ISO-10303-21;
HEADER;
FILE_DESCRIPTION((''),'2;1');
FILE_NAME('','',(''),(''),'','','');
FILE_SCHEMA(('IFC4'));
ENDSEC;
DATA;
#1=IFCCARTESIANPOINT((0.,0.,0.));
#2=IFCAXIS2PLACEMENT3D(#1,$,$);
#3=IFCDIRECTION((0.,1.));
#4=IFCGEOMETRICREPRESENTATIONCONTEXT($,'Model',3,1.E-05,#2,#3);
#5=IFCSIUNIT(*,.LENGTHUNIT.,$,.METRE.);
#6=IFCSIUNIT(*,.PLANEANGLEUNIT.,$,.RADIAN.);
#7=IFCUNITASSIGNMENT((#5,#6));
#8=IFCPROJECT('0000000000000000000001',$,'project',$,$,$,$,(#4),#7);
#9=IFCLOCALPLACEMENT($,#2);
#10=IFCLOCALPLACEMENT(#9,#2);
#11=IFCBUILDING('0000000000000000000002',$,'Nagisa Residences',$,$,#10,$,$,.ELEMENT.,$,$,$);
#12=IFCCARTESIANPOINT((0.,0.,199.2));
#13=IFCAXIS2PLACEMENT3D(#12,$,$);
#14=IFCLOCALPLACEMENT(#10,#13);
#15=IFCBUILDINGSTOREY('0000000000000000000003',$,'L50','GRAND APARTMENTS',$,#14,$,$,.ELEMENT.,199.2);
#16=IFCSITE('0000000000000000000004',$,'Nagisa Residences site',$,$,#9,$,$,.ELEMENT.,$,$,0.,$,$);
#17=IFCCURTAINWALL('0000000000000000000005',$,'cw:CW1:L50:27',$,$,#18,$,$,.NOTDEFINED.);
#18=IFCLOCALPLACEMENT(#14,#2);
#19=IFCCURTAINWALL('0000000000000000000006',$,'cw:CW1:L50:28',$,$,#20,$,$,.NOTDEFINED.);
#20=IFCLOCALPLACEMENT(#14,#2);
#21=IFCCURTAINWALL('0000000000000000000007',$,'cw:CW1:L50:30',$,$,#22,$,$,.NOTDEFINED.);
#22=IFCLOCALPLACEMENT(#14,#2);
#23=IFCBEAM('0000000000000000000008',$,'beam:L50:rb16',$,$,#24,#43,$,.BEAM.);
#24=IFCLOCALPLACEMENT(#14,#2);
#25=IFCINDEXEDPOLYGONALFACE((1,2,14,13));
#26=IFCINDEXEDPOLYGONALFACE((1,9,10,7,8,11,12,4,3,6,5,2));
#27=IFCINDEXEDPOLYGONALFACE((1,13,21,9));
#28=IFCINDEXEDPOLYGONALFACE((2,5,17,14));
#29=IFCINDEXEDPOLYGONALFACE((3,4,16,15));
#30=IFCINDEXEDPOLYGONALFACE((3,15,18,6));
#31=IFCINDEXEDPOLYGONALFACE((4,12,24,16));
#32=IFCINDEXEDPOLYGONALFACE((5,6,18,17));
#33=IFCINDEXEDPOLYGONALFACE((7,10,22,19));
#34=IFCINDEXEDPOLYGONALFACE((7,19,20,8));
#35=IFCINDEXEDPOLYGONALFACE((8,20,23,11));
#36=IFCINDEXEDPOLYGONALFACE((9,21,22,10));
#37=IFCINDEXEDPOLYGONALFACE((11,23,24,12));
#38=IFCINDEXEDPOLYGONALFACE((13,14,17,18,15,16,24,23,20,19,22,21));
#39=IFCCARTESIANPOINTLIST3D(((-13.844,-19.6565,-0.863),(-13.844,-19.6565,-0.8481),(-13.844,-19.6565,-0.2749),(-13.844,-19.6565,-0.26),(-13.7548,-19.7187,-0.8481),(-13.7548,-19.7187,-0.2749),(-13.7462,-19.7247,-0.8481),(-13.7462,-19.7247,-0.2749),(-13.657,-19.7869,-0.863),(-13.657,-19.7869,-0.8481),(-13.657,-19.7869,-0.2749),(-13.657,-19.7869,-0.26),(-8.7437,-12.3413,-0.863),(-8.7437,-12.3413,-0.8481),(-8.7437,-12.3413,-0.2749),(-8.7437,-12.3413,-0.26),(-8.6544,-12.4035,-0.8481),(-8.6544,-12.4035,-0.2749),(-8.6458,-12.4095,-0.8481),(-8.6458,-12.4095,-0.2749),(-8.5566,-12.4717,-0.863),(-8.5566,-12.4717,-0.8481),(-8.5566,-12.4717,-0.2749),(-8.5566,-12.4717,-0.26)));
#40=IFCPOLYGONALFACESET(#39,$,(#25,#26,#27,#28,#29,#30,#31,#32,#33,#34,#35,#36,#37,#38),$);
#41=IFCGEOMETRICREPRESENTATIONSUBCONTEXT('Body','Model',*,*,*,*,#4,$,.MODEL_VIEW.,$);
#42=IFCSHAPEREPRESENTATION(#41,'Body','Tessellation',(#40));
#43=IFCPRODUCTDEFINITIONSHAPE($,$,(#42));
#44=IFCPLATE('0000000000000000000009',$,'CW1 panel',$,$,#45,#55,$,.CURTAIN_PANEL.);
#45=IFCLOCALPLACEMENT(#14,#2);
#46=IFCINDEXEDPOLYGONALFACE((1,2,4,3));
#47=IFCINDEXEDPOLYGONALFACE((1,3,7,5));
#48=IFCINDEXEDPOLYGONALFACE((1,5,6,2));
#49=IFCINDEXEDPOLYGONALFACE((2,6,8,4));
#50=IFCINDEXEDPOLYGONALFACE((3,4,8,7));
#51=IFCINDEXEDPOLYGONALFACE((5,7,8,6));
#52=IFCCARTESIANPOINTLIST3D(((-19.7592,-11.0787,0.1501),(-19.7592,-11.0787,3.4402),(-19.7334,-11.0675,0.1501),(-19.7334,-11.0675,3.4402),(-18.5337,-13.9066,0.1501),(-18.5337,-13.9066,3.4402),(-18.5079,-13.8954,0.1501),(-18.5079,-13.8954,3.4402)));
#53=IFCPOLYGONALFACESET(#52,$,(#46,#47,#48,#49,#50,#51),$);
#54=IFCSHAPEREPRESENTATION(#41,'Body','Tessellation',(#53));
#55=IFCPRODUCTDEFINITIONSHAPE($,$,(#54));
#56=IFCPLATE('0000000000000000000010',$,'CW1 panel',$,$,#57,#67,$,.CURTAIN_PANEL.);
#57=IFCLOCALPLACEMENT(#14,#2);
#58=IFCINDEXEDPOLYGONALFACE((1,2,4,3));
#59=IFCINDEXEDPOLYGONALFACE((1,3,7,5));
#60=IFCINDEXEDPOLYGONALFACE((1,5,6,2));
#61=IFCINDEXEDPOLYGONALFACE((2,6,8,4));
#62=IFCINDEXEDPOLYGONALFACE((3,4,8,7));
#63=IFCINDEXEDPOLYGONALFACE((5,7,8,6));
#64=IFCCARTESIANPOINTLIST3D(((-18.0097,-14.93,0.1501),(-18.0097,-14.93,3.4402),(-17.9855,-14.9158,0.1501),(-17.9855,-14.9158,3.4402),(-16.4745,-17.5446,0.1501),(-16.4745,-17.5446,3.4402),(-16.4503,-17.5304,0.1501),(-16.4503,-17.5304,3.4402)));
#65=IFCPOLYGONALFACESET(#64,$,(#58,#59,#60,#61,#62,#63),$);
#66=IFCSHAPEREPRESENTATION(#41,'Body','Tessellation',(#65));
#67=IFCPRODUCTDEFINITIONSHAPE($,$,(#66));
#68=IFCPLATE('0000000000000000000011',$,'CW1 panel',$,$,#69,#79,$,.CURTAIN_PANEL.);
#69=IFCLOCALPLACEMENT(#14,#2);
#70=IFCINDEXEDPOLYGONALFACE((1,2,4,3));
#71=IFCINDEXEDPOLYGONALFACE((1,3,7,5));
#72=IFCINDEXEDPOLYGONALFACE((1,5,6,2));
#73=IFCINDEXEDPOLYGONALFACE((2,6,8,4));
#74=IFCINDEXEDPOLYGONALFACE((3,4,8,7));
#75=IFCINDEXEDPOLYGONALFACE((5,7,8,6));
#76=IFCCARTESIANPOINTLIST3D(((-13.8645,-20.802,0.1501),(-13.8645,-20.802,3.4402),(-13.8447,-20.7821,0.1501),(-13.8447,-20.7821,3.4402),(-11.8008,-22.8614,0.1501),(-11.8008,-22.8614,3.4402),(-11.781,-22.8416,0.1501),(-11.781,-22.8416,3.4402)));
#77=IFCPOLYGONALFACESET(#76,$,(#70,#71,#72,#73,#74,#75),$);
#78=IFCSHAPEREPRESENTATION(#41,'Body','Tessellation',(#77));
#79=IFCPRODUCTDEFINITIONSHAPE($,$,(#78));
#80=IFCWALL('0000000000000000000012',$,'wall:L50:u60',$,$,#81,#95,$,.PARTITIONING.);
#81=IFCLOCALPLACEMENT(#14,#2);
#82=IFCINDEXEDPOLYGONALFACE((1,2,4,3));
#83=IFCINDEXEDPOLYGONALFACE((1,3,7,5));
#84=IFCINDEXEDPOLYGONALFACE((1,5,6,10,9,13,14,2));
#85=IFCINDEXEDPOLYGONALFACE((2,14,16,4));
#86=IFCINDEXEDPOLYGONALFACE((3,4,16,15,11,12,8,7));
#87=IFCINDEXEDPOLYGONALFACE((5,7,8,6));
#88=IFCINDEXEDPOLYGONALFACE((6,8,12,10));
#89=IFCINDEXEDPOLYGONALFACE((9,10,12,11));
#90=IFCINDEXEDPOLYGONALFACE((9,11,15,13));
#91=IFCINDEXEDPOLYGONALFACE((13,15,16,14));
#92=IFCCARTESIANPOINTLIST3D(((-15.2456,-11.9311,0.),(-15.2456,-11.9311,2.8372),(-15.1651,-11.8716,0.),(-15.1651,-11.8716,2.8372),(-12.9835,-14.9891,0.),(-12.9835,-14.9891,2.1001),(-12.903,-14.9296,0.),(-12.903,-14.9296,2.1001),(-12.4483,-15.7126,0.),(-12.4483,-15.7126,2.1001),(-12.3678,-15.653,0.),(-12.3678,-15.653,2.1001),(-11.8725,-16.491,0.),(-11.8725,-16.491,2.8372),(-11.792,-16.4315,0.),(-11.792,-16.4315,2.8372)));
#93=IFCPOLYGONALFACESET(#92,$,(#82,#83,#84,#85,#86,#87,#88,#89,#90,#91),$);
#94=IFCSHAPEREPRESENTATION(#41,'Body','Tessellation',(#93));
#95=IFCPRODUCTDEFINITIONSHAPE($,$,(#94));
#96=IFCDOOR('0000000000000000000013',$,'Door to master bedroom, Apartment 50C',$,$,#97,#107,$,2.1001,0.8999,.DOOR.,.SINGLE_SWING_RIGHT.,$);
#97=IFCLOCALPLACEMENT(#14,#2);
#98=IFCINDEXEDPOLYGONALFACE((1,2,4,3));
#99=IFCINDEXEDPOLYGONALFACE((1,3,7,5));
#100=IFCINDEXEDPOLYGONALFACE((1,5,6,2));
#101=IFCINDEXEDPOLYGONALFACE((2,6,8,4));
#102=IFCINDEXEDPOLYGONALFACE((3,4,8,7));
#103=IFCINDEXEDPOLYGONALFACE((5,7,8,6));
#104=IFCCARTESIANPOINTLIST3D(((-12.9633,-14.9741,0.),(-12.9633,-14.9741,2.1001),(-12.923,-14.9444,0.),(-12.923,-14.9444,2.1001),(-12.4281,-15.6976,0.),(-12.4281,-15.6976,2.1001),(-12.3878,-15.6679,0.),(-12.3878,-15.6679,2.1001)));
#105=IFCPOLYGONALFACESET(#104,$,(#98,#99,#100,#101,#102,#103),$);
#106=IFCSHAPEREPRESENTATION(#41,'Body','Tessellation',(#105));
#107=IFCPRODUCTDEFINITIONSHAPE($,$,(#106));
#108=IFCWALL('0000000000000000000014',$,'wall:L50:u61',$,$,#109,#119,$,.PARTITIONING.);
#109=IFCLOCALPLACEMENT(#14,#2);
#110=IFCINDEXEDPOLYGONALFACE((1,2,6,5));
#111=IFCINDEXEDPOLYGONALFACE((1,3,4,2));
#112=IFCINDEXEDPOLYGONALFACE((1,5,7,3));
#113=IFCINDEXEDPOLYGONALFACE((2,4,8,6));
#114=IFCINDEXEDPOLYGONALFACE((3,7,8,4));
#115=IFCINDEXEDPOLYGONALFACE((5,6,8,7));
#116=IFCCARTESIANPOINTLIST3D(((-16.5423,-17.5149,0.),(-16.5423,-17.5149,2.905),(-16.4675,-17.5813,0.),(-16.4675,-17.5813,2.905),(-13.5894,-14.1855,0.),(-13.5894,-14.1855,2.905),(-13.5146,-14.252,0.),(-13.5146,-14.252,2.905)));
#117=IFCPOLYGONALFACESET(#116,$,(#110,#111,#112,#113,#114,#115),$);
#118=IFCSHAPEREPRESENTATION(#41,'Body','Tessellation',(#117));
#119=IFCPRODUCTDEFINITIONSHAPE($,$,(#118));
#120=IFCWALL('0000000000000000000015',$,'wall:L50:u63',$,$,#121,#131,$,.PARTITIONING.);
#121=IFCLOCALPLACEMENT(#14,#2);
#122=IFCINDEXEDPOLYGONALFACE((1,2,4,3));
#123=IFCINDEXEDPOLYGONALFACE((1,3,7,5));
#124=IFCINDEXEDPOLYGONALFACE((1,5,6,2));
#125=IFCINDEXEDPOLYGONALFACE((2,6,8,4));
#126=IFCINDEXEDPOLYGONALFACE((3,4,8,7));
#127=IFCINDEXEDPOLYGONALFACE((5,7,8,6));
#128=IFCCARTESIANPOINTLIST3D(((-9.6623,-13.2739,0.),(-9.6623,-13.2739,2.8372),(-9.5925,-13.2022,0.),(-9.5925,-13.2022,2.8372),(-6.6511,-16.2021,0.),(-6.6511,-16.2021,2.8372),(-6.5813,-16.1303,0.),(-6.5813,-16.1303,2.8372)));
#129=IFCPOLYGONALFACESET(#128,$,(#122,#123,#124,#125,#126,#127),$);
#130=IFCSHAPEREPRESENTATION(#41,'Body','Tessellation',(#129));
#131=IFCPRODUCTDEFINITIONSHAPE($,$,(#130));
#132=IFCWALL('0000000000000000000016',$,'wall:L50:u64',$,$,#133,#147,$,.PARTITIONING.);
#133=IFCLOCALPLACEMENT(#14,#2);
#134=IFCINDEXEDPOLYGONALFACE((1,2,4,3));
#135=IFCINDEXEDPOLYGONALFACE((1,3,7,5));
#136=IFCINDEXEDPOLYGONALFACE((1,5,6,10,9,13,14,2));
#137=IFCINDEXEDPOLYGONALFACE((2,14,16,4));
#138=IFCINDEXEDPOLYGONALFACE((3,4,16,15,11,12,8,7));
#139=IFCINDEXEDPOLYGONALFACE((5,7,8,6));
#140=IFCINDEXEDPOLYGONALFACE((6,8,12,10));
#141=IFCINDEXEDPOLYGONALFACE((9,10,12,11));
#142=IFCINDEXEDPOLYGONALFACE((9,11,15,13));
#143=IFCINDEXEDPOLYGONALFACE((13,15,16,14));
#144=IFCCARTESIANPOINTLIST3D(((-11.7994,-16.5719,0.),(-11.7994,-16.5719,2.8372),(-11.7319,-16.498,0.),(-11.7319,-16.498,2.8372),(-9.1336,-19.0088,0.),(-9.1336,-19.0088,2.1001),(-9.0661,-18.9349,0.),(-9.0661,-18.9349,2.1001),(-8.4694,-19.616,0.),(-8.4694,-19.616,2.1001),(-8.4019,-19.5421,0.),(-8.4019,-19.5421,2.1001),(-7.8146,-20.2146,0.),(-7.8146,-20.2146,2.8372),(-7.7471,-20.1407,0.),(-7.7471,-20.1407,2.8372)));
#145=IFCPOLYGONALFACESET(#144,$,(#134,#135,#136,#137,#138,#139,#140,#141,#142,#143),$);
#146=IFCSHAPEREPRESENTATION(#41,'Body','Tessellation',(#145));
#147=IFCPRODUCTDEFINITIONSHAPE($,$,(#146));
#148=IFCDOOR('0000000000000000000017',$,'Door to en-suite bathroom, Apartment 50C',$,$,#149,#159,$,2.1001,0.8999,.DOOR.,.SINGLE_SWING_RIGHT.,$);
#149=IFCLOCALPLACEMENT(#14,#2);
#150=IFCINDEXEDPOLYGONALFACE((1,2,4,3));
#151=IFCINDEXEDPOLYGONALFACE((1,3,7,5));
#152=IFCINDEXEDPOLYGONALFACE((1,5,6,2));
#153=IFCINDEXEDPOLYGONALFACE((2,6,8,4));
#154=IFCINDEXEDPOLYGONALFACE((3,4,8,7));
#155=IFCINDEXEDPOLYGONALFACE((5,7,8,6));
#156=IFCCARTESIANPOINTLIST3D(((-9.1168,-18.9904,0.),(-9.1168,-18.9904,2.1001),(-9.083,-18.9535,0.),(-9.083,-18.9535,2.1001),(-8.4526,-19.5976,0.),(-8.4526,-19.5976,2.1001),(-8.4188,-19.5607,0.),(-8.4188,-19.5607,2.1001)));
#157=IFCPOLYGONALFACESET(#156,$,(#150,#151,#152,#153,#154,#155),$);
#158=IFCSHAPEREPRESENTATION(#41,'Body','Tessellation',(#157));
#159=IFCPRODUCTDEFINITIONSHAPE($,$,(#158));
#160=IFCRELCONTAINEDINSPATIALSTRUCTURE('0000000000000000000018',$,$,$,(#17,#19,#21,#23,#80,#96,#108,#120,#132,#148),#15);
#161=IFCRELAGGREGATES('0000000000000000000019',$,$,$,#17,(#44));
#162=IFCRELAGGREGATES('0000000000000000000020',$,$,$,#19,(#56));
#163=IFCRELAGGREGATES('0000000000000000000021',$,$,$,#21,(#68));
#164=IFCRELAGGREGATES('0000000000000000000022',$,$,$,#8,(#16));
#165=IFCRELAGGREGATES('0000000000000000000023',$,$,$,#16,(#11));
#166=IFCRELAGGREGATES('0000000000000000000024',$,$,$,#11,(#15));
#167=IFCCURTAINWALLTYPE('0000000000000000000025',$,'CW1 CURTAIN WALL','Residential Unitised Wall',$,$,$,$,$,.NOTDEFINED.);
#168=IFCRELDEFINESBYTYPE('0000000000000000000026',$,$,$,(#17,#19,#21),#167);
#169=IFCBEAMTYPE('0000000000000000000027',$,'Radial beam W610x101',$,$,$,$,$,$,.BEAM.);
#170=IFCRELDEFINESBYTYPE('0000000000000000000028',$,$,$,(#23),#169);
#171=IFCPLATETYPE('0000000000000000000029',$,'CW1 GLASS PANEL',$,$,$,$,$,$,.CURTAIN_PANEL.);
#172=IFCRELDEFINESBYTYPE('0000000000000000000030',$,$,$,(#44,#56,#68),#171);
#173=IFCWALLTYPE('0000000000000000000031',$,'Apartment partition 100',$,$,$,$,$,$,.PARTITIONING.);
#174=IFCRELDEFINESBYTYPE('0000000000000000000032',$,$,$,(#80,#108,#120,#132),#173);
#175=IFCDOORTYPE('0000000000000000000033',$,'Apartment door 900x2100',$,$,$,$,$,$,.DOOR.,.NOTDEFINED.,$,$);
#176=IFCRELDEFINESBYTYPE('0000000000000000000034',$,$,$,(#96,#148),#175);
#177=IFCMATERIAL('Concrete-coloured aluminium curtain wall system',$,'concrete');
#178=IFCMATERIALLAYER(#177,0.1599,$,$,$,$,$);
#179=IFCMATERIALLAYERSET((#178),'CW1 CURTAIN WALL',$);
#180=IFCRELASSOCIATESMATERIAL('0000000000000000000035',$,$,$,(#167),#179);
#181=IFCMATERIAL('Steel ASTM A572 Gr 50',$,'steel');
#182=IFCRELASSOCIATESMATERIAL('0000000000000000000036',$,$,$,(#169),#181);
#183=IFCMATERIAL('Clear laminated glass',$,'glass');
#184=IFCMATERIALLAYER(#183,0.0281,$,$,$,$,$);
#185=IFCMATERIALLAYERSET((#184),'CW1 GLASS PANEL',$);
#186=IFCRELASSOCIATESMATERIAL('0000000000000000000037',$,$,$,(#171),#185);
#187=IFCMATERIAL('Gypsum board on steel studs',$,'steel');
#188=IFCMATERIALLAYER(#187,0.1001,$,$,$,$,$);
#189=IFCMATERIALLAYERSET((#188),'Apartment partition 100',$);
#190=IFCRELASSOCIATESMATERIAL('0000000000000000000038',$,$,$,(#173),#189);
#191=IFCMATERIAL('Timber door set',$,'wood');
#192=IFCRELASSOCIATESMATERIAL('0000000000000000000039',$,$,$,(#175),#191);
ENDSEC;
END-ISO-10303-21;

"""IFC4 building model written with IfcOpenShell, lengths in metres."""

from ifc_helpers import new_model, si_unit, direction, frame, frame_2d, origin, origin_2d, place, context, subcontext, project, spatial, rectangle, i_section, extrude, material, layer, layer_set, material_profile, profile_set, type_object, element, fill, aggregate, save


model = new_model("IFC4")

# Units and contexts
model_context = context("Model", 3, precision=1e-05, world=origin(), true_north=direction((0.0, 1.0)))
body_context = subcontext(model_context, "Body", "Model", "MODEL_VIEW")
ifc_project = project(units=[si_unit("LENGTHUNIT", "METRE"), si_unit("PLANEANGLEUNIT", "RADIAN")], contexts=[model_context])

# Site, building, storey
site_placement = place(None, origin())
site = spatial("IfcSite", under=ifc_project, at=site_placement, Name="Nagisa Residences site", CompositionType="ELEMENT", RefElevation=0.0)
building_placement = place(site_placement, origin())
building = spatial("IfcBuilding", under=site, at=building_placement, Name="Nagisa Residences", CompositionType="ELEMENT")
storey_placement = place(building_placement, frame((0.0, 0.0, 199.2)))
storey = spatial("IfcBuildingStorey", under=building, at=storey_placement, Name="L50", Description="GRAND APARTMENTS", CompositionType="ELEMENT", Elevation=199.2)

# Curtain walls
ifc_material_1 = material(Name="Concrete-coloured aluminium curtain wall system", Category="concrete")
ifc_layer_1 = layer(ifc_material_1, 0.1599)
ifc_layer_set_1 = layer_set([ifc_layer_1], Name="CW1 CURTAIN WALL")
curtain_wall_type = type_object("IfcCurtainWallType", Name="CW1 CURTAIN WALL", Description="Residential Unitised Wall", PredefinedType="NOTDEFINED", material=ifc_layer_set_1)
curtain_wall_1_placement = place(storey_placement, origin())
curtain_wall_1 = element("IfcCurtainWall", 1, at=curtain_wall_1_placement, inside=storey, type_object=curtain_wall_type, Name="cw:CW1:L50:27", PredefinedType="NOTDEFINED")
curtain_wall_2_placement = place(storey_placement, origin())
curtain_wall_2 = element("IfcCurtainWall", 2, at=curtain_wall_2_placement, inside=storey, type_object=curtain_wall_type, Name="cw:CW1:L50:28", PredefinedType="NOTDEFINED")
curtain_wall_3_placement = place(storey_placement, origin())
curtain_wall_3 = element("IfcCurtainWall", 3, at=curtain_wall_3_placement, inside=storey, type_object=curtain_wall_type, Name="cw:CW1:L50:30", PredefinedType="NOTDEFINED")

# Beam
ifc_material_2 = material(Name="Steel ASTM A572 Gr 50", Category="steel")
ifc_material_profile_1 = material_profile(ifc_material_2, i_section(OverallWidth=0.228, OverallDepth=0.603, WebThickness=0.0105, FlangeThickness=0.0149, at=origin_2d()), Name="W610x101")
ifc_profile_set_1 = profile_set([ifc_material_profile_1], Name="Steel ASTM A572 Gr 50")
beam_type_1 = type_object("IfcBeamType", Name="Radial beam W610x101", PredefinedType="BEAM", material=ifc_profile_set_1)
beam_1_placement = place(storey_placement, frame((-13.7505, -19.7217, -0.5615), z_axis=(0.571934, 0.820299, 0.0), x_axis=(-0.820299, 0.571934, 0.0)))
element("IfcBeam", 4, at=beam_1_placement, inside=storey, type_object=beam_type_1, Name="beam:L50:rb16", PredefinedType="BEAM", context=body_context, shape_type="SweptSolid", body=[
    extrude(i_section(OverallWidth=0.228, OverallDepth=0.603, WebThickness=0.0105, FlangeThickness=0.0149, at=origin_2d()), origin(), (0.0, 0.0, 1.0), 8.9177),
])

# Plates
ifc_material_3 = material(Name="Clear laminated glass", Category="glass")
ifc_layer_2 = layer(ifc_material_3, 0.0281)
ifc_layer_set_2 = layer_set([ifc_layer_2], Name="CW1 GLASS PANEL")
plate_type = type_object("IfcPlateType", Name="CW1 GLASS PANEL", PredefinedType="CURTAIN_PANEL", material=ifc_layer_set_2)
plate_1_placement = place(storey_placement, frame((-19.1335, -12.4871, 0.1501), z_axis=(0.0, 0.0, 1.0), x_axis=(0.397636, -0.917543, 0.0)))
plate_1 = element("IfcPlate", 5, at=plate_1_placement, type_object=plate_type, Name="CW1 panel", PredefinedType="CURTAIN_PANEL", context=body_context, shape_type="SweptSolid", body=[
    extrude(rectangle(XDim=3.082, YDim=0.0281, at=origin_2d()), origin(), (0.0, 0.0, 1.0), 3.29),
])
aggregate(curtain_wall_1, [plate_1])
plate_2_placement = place(storey_placement, frame((-17.23, -16.2302, 0.1501), z_axis=(0.0, 0.0, 1.0), x_axis=(0.506349, -0.862329, 0.0)))
plate_2 = element("IfcPlate", 6, at=plate_2_placement, type_object=plate_type, Name="CW1 panel", PredefinedType="CURTAIN_PANEL", context=body_context, shape_type="SweptSolid", body=[
    extrude(rectangle(XDim=3.032, YDim=0.0281, at=origin_2d()), origin(), (0.0, 0.0, 1.0), 3.29),
])
aggregate(curtain_wall_2, [plate_2])
plate_3_placement = place(storey_placement, frame((-12.8228, -21.8218, 0.1501), z_axis=(0.0, 0.0, 1.0), x_axis=(0.707836, -0.706377, 0.0)))
plate_3 = element("IfcPlate", 7, at=plate_3_placement, type_object=plate_type, Name="CW1 panel", PredefinedType="CURTAIN_PANEL", context=body_context, shape_type="SweptSolid", body=[
    extrude(rectangle(XDim=2.9155, YDim=0.0281, at=origin_2d()), origin(), (0.0, 0.0, 1.0), 3.29),
])
aggregate(curtain_wall_3, [plate_3])

# Wall, opening, door
ifc_material_4 = material(Name="Gypsum board on steel studs", Category="steel")
ifc_layer_3 = layer(ifc_material_4, 0.1001)
ifc_layer_set_3 = layer_set([ifc_layer_3], Name="Apartment partition 100")
wall_type_1 = type_object("IfcWallType", Name="Apartment partition 100", PredefinedType="PARTITIONING", material=ifc_layer_set_3)
wall_1_placement = place(storey_placement, frame((-15.2053, -11.9014, 0.0), z_axis=(0.0, 0.0, 1.0), x_axis=(0.594704, -0.803944, 0.0)))
wall_1 = element("IfcWall", 8, at=wall_1_placement, inside=storey, type_object=wall_type_1, Name="wall:L50:u60", PredefinedType="PARTITIONING", context=body_context, shape_type="SweptSolid", body=[
    extrude(rectangle(XDim=5.6719, YDim=0.1001, at=frame_2d((2.8359, 0.0))), origin(), (0.0, 0.0, 1.0), 2.8372),
])
opening_1_placement = place(wall_1_placement, frame((3.8037, 0.0, 0.0)))
opening_1 = element("IfcOpeningElement", 9, at=opening_1_placement, cuts=wall_1, PredefinedType="OPENING", context=body_context, shape_type="SweptSolid", body=[
    extrude(rectangle(XDim=0.8999, YDim=2.1001, at=frame_2d((0.45, 1.05))), frame((0.0, 0.0601, 0.0), z_axis=(0.0, -1.0, 0.0), x_axis=(1.0, 0.0, 0.0)), (0.0, 0.0, 1.0), 0.1201),
])
ifc_material_5 = material(Name="Timber door set", Category="wood")
door_type_1 = type_object("IfcDoorType", Name="Apartment door 900x2100", OperationType="NOTDEFINED", PredefinedType="DOOR", material=ifc_material_5)
door_1_placement = place(opening_1_placement, frame((0.8999, 0.0, 0.0), x_axis=(-1.0, 0.0, 0.0)))
door_1 = element("IfcDoor", 10, at=door_1_placement, inside=storey, type_object=door_type_1, Name="Door to master bedroom, Apartment 50C", OperationType="SINGLE_SWING_RIGHT", OverallHeight=2.1001, OverallWidth=0.8999, PredefinedType="DOOR", context=body_context, shape_type="SweptSolid", body=[
    extrude(rectangle(XDim=0.8999, YDim=2.1001, at=frame_2d((0.45, 1.05))), frame((0.0, 0.0249, 0.0), z_axis=(0.0, -1.0, 0.0), x_axis=(1.0, 0.0, 0.0)), (0.0, 0.0, 1.0), 0.05),
])
fill(opening_1, door_1)

# Walls
wall_2_placement = place(storey_placement, frame((-13.552, -14.2188, 0.0), z_axis=(0.0, 0.0, 1.0), x_axis=(-0.663543, -0.748138, 0.0)))
element("IfcWall", 11, at=wall_2_placement, inside=storey, type_object=wall_type_1, Name="wall:L50:u61", PredefinedType="PARTITIONING", context=body_context, shape_type="SweptSolid", body=[
    extrude(rectangle(XDim=4.4502, YDim=0.1001, at=frame_2d((2.2251, 0.0))), origin(), (0.0, 0.0, 1.0), 2.905),
])
wall_3_placement = place(storey_placement, frame((-9.6274, -13.238, 0.0), z_axis=(0.0, 0.0, 1.0), x_axis=(0.716919, -0.697156, 0.0)))
element("IfcWall", 12, at=wall_3_placement, inside=storey, type_object=wall_type_1, Name="wall:L50:u63", PredefinedType="PARTITIONING", context=body_context, shape_type="SweptSolid", body=[
    extrude(rectangle(XDim=4.2002, YDim=0.1001, at=frame_2d((2.1001, 0.0))), origin(), (0.0, 0.0, 1.0), 2.8372),
])

# Wall, opening, door
wall_4_placement = place(storey_placement, frame((-11.7656, -16.5349, 0.0), z_axis=(0.0, 0.0, 1.0), x_axis=(0.738073, -0.674721, 0.0)))
wall_4 = element("IfcWall", 13, at=wall_4_placement, inside=storey, type_object=wall_type_1, Name="wall:L50:u64", PredefinedType="PARTITIONING", context=body_context, shape_type="SweptSolid", body=[
    extrude(rectangle(XDim=5.3989, YDim=0.1001, at=frame_2d((2.6995, 0.0))), origin(), (0.0, 0.0, 1.0), 2.8372),
])
opening_2_placement = place(wall_4_placement, frame((3.6118, 0.0, 0.0)))
opening_2 = element("IfcOpeningElement", 14, at=opening_2_placement, cuts=wall_4, PredefinedType="OPENING", context=body_context, shape_type="SweptSolid", body=[
    extrude(rectangle(XDim=0.8999, YDim=2.1001, at=frame_2d((0.45, 1.05))), frame((0.0, 0.0601, 0.0), z_axis=(0.0, -1.0, 0.0), x_axis=(1.0, 0.0, 0.0)), (0.0, 0.0, 1.0), 0.1201),
])
door_2_placement = place(opening_2_placement, origin())
door_2 = element("IfcDoor", 15, at=door_2_placement, inside=storey, type_object=door_type_1, Name="Door to en-suite bathroom, Apartment 50C", OperationType="SINGLE_SWING_RIGHT", OverallHeight=2.1001, OverallWidth=0.8999, PredefinedType="DOOR", context=body_context, shape_type="SweptSolid", body=[
    extrude(rectangle(XDim=0.8999, YDim=2.1001, at=frame_2d((0.45, 1.05))), frame((0.0, 0.0249, 0.0), z_axis=(0.0, -1.0, 0.0), x_axis=(1.0, 0.0, 0.0)), (0.0, 0.0, 1.0), 0.05),
])
fill(opening_2, door_2)

save(model, "model.ifc")
